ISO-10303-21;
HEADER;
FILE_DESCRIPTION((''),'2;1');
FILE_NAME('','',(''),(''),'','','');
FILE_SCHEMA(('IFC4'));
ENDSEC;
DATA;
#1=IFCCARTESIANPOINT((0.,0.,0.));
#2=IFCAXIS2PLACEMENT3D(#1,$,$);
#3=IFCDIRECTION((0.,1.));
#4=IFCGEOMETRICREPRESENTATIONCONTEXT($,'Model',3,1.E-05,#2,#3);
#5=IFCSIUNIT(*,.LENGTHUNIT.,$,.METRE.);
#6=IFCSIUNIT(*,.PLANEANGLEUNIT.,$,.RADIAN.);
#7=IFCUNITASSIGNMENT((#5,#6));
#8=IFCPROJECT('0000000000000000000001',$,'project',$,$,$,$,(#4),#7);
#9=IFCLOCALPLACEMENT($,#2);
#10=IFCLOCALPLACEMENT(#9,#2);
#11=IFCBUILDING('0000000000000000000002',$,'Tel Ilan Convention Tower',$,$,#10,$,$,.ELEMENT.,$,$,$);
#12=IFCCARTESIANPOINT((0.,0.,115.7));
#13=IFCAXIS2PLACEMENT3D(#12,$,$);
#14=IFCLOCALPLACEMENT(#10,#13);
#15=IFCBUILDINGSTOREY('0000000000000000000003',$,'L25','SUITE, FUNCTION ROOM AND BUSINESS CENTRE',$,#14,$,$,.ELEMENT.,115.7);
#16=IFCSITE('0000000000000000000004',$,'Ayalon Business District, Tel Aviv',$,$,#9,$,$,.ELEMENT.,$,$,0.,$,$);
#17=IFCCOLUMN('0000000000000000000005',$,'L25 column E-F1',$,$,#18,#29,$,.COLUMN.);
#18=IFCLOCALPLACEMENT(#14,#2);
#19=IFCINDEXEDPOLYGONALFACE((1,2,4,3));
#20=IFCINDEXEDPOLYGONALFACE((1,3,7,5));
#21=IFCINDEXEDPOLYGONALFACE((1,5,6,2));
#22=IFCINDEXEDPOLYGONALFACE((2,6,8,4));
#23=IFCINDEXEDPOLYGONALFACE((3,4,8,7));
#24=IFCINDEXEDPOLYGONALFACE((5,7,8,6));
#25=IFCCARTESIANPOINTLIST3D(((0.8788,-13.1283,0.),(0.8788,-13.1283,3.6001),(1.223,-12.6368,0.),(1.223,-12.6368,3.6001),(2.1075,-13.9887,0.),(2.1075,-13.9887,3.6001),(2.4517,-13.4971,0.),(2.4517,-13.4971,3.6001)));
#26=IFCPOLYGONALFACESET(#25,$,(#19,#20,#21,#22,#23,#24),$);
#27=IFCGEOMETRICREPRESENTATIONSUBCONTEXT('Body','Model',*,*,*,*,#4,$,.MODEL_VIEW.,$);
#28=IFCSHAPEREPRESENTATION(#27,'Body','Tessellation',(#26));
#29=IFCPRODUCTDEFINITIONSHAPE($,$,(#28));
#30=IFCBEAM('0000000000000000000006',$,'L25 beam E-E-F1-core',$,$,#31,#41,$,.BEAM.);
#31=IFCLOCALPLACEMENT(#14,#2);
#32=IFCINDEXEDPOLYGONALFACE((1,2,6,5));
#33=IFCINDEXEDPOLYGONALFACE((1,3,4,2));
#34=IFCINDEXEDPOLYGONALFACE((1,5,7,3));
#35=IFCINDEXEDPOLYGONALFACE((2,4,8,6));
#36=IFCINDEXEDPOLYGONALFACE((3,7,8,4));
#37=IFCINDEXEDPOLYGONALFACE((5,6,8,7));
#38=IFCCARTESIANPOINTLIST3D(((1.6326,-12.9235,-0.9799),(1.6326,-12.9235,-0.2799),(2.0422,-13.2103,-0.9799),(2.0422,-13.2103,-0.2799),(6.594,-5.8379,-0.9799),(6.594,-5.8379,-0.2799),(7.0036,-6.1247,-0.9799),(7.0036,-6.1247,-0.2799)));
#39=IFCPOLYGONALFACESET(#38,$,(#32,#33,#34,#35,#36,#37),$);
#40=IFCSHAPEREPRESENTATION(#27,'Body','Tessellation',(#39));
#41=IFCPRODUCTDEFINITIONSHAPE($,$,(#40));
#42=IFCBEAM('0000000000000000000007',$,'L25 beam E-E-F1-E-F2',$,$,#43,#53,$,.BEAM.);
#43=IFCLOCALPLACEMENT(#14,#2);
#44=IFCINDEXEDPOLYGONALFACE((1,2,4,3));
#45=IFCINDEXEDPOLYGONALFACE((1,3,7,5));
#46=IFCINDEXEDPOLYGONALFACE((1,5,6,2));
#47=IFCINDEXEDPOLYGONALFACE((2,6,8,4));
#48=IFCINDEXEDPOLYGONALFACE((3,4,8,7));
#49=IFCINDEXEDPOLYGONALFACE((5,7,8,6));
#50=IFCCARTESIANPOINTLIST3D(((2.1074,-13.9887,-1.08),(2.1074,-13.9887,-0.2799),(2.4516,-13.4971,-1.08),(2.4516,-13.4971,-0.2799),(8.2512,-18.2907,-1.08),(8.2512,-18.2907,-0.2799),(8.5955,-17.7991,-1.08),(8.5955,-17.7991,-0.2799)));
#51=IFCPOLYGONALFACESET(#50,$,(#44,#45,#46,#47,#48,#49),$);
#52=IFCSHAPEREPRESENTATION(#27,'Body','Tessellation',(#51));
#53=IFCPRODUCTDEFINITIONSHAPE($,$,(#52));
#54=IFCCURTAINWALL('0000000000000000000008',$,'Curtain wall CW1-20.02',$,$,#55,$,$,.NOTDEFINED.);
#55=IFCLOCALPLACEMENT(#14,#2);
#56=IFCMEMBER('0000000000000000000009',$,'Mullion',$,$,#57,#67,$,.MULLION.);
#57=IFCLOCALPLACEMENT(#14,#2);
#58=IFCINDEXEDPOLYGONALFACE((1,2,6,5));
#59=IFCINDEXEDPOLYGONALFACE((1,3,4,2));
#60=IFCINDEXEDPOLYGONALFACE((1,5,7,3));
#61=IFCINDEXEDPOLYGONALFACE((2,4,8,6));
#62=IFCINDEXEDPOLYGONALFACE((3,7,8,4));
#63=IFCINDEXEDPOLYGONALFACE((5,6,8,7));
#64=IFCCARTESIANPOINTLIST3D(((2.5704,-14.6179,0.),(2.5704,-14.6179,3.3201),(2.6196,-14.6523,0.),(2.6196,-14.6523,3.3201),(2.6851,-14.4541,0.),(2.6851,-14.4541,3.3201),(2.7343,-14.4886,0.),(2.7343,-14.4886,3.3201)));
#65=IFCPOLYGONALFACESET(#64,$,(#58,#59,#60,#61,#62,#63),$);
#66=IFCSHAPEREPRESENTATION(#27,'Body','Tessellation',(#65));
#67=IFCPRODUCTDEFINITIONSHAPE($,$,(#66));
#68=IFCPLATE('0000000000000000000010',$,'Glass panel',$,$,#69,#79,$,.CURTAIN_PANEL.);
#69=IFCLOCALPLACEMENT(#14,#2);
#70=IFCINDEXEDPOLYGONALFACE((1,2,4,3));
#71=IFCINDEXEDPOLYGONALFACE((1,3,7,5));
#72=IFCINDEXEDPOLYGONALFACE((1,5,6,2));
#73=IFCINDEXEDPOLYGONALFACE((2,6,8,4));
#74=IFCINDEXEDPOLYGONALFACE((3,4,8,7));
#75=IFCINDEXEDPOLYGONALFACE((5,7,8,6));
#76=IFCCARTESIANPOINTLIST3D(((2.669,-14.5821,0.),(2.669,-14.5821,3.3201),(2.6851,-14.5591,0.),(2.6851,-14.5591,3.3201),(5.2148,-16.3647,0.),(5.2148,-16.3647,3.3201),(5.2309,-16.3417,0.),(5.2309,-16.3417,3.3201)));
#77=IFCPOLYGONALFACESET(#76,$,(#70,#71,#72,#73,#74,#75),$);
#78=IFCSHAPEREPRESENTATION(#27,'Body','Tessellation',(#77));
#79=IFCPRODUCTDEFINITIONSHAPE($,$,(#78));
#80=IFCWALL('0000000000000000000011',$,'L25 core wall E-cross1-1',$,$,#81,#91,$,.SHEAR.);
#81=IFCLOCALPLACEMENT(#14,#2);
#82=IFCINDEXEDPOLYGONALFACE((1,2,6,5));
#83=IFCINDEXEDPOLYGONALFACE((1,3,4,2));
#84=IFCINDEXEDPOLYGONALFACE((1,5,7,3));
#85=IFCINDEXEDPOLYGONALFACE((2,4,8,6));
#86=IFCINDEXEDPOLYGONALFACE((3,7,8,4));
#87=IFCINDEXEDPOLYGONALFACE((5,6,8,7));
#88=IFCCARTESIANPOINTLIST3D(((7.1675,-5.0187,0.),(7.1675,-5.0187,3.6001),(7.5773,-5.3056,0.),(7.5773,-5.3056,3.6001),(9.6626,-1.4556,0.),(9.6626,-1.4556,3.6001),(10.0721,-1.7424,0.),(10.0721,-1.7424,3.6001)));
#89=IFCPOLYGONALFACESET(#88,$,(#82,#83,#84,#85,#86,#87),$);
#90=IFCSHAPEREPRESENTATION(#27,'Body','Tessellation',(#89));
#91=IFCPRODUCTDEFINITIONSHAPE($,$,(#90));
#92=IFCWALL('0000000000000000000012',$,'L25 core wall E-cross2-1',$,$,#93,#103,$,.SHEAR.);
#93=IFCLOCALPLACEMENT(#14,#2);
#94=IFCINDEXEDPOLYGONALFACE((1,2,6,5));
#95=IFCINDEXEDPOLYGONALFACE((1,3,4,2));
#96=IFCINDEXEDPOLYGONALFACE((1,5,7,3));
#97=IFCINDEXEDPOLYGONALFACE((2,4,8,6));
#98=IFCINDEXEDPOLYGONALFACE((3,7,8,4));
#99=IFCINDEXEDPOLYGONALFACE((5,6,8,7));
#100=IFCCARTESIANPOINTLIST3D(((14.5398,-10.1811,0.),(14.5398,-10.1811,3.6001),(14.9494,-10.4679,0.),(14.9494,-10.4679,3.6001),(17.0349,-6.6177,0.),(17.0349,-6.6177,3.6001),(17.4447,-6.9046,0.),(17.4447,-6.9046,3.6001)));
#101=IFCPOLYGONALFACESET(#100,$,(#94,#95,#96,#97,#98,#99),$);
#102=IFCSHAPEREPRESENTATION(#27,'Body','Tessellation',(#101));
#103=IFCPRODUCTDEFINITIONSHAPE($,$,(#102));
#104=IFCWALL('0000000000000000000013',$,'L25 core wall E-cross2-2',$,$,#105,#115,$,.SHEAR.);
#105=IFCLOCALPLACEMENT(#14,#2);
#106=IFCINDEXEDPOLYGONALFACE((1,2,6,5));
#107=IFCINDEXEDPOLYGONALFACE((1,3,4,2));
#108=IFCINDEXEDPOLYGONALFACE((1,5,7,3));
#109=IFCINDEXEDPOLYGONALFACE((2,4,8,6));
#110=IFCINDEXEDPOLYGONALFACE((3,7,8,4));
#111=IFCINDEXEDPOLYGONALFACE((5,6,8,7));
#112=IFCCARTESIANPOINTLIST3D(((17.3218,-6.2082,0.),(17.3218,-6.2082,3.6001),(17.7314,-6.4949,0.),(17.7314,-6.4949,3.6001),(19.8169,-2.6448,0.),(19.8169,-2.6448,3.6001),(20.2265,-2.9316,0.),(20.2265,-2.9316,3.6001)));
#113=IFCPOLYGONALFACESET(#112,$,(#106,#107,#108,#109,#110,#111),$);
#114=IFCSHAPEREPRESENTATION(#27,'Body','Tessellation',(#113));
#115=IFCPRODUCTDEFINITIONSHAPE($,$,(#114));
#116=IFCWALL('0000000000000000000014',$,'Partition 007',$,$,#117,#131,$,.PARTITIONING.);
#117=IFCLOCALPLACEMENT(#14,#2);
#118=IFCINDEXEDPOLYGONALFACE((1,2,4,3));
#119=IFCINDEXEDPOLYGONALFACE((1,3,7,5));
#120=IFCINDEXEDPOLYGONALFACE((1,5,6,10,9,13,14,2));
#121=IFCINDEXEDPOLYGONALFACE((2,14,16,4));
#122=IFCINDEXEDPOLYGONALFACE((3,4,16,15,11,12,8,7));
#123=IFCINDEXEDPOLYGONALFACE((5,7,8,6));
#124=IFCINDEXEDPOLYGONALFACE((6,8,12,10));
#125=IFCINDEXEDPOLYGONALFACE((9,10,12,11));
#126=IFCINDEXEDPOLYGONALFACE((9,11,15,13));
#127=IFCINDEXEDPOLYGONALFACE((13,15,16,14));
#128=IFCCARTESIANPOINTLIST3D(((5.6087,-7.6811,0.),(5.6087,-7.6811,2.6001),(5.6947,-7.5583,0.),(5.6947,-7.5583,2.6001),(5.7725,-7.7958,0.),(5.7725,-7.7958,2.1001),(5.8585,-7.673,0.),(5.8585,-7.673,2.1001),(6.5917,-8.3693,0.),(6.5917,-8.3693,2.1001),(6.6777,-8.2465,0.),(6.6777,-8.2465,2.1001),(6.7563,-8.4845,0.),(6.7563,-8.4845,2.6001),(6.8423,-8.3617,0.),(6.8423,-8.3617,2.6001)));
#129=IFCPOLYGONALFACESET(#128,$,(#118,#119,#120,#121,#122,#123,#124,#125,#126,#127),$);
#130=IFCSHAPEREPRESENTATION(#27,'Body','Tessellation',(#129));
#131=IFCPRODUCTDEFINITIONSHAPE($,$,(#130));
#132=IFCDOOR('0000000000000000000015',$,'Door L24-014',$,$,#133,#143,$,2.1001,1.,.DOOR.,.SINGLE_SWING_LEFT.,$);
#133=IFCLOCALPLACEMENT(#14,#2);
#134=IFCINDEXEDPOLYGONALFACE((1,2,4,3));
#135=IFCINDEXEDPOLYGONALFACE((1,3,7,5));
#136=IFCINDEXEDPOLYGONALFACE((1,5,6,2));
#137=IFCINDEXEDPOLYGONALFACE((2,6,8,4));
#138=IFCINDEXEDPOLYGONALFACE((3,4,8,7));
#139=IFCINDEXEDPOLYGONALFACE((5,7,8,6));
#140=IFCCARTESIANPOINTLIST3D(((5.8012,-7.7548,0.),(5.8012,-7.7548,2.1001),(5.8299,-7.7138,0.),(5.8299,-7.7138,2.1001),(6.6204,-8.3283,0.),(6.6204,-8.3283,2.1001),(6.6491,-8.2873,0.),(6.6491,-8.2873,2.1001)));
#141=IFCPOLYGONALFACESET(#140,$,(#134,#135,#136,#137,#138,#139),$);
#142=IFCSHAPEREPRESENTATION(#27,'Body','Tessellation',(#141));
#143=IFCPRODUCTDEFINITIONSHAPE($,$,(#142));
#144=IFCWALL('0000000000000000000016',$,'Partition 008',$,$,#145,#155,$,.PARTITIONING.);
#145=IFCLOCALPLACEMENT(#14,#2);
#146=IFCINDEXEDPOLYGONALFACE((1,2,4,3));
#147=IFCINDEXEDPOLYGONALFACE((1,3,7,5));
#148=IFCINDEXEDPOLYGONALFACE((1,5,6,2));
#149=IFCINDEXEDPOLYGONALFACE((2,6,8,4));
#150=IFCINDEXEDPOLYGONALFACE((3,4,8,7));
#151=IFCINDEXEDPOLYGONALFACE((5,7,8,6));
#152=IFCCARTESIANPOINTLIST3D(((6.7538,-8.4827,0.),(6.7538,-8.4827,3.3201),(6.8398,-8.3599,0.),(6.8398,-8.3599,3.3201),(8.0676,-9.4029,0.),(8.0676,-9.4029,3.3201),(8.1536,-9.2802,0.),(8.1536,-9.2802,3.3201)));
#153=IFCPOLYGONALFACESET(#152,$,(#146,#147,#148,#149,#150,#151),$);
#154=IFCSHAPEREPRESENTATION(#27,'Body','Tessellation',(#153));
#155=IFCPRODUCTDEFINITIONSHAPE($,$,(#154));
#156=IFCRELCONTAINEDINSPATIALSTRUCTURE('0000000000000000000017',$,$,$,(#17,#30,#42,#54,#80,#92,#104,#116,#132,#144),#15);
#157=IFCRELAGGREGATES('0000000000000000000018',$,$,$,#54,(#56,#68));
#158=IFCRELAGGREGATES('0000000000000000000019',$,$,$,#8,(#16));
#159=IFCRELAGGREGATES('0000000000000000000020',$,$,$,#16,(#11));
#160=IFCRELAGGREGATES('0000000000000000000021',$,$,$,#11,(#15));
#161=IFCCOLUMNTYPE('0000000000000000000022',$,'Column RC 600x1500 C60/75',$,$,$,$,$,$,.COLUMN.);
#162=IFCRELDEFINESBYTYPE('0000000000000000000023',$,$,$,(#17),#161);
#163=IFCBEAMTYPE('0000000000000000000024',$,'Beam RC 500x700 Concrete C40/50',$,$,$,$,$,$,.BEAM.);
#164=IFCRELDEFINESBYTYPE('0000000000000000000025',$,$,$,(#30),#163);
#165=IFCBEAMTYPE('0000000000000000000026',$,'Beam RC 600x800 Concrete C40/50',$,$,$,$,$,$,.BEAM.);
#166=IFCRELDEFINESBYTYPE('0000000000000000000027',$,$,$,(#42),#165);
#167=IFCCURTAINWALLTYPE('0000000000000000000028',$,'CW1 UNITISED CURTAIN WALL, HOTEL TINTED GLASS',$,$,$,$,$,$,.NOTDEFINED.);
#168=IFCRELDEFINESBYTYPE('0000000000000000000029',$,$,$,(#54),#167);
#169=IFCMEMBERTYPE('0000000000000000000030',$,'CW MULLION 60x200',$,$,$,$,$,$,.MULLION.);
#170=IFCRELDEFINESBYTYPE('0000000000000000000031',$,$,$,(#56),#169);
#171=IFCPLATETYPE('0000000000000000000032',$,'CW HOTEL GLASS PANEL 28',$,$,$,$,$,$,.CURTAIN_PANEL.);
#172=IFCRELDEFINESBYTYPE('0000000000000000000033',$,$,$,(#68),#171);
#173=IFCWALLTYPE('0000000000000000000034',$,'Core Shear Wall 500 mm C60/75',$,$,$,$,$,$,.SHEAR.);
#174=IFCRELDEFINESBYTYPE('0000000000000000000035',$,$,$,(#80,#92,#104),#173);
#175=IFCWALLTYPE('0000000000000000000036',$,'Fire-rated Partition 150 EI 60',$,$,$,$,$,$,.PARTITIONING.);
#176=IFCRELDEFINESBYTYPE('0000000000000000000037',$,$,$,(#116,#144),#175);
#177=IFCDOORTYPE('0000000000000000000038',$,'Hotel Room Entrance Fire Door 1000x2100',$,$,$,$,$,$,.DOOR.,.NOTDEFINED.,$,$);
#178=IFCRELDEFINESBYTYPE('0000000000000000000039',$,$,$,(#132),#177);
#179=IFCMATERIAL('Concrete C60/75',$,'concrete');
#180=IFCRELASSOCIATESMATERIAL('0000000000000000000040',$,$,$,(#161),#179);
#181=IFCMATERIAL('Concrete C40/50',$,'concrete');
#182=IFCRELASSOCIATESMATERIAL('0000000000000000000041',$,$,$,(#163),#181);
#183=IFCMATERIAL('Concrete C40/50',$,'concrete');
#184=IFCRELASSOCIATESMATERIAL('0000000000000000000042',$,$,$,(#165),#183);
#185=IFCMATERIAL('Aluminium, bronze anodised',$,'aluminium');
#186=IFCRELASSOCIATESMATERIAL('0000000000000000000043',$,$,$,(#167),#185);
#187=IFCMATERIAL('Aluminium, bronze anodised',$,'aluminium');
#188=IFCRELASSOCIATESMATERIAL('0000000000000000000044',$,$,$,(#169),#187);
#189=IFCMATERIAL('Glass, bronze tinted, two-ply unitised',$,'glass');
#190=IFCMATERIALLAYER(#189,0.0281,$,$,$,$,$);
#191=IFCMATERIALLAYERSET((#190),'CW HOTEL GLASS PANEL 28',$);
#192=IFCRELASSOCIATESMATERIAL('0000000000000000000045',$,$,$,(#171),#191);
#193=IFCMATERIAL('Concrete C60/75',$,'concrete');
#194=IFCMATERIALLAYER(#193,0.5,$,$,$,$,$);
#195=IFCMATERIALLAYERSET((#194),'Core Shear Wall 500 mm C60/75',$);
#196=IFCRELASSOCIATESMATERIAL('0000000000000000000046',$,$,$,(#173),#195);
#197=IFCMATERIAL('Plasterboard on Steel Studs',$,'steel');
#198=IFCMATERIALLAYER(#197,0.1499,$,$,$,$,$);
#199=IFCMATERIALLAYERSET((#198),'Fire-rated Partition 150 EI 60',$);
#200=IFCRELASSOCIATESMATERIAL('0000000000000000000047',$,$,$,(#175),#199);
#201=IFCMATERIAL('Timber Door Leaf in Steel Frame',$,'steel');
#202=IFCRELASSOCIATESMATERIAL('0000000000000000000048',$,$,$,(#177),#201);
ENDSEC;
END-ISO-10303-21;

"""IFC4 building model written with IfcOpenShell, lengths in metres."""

from ifc_helpers import new_model, si_unit, direction, frame, frame_2d, origin, origin_2d, place, context, subcontext, project, spatial, polyline, rectangle, outline, extrude, material, layer, layer_set, material_profile, profile_set, type_object, element, fill, aggregate, save


model = new_model("IFC4")

# Units and contexts
model_context = context("Model", 3, precision=1e-05, world=origin(), true_north=direction((0.0, 1.0)))
body_context = subcontext(model_context, "Body", "Model", "MODEL_VIEW")
ifc_project = project(units=[si_unit("LENGTHUNIT", "METRE"), si_unit("PLANEANGLEUNIT", "RADIAN")], contexts=[model_context])

# Site, building, storey
site_placement = place(None, origin())
site = spatial("IfcSite", under=ifc_project, at=site_placement, Name="Ayalon Business District, Tel Aviv", CompositionType="ELEMENT", RefElevation=0.0)
building_placement = place(site_placement, origin())
building = spatial("IfcBuilding", under=site, at=building_placement, Name="Tel Ilan Convention Tower", CompositionType="ELEMENT")
storey_placement = place(building_placement, frame((0.0, 0.0, 115.7)))
storey = spatial("IfcBuildingStorey", under=building, at=storey_placement, Name="L25", Description="SUITE, FUNCTION ROOM AND BUSINESS CENTRE", CompositionType="ELEMENT", Elevation=115.7)

# Column
ifc_material_1 = material(Name="Concrete C60/75", Category="concrete")
ifc_material_profile_1 = material_profile(ifc_material_1, rectangle(XDim=1.5, YDim=0.6001, at=origin_2d()), Name="RC 600x1500")
ifc_profile_set_1 = profile_set([ifc_material_profile_1], Name="Concrete C60/75")
column_type = type_object("IfcColumnType", Name="Column RC 600x1500 C60/75", PredefinedType="COLUMN", material=ifc_profile_set_1)
column_placement = place(storey_placement, frame((1.6653, -13.3127, 0.0), z_axis=(0.0, 0.0, 1.0), x_axis=(0.819152, -0.573576, 0.0)))
element("IfcColumn", 1, at=column_placement, inside=storey, type_object=column_type, Name="L25 column E-F1", PredefinedType="COLUMN", context=body_context, shape_type="SweptSolid", body=[
    extrude(rectangle(XDim=1.5, YDim=0.6001, at=origin_2d()), origin(), (0.0, 0.0, 1.0), 3.6001),
])

# Beams
ifc_material_2 = material(Name="Concrete C40/50", Category="concrete")
ifc_material_profile_2 = material_profile(ifc_material_2, rectangle(XDim=0.5, YDim=0.7, at=origin_2d()), Name="RC 500x700")
ifc_profile_set_2 = profile_set([ifc_material_profile_2], Name="Concrete C40/50")
beam_type_1 = type_object("IfcBeamType", Name="Beam RC 500x700 Concrete C40/50", PredefinedType="BEAM", material=ifc_profile_set_2)
beam_1_placement = place(storey_placement, frame((1.8374, -13.0669, -0.6299), z_axis=(0.573574, 0.819154, 0.0), x_axis=(-0.819154, 0.573574, 0.0)))
element("IfcBeam", 2, at=beam_1_placement, inside=storey, type_object=beam_type_1, Name="L25 beam E-E-F1-core", PredefinedType="BEAM", context=body_context, shape_type="SweptSolid", body=[
    extrude(rectangle(XDim=0.5, YDim=0.7, at=origin_2d()), origin(), (0.0, 0.0, 1.0), 8.6499),
])
ifc_material_3 = material(Name="Concrete C40/50", Category="concrete")
ifc_material_profile_3 = material_profile(ifc_material_3, rectangle(XDim=0.6001, YDim=0.8, at=origin_2d()), Name="RC 600x800")
ifc_profile_set_3 = profile_set([ifc_material_profile_3], Name="Concrete C40/50")
beam_type_2 = type_object("IfcBeamType", Name="Beam RC 600x800 Concrete C40/50", PredefinedType="BEAM", material=ifc_profile_set_3)
beam_2_placement = place(storey_placement, frame((2.2795, -13.7429, -0.6799), z_axis=(0.819148, -0.573582, 0.0), x_axis=(0.573582, 0.819148, 0.0)))
element("IfcBeam", 3, at=beam_2_placement, inside=storey, type_object=beam_type_2, Name="L25 beam E-E-F1-E-F2", PredefinedType="BEAM", context=body_context, shape_type="SweptSolid", body=[
    extrude(rectangle(XDim=0.6001, YDim=0.8, at=origin_2d()), origin(), (0.0, 0.0, 1.0), 7.5002),
])

# Curtain wall, member, plate
ifc_material_4 = material(Name="Aluminium, bronze anodised", Category="aluminium")
curtain_wall_type = type_object("IfcCurtainWallType", Name="CW1 UNITISED CURTAIN WALL, HOTEL TINTED GLASS", PredefinedType="NOTDEFINED", material=ifc_material_4)
curtain_wall_placement = place(storey_placement, origin())
curtain_wall = element("IfcCurtainWall", 4, at=curtain_wall_placement, inside=storey, type_object=curtain_wall_type, Name="Curtain wall CW1-20.02", PredefinedType="NOTDEFINED")
ifc_material_5 = material(Name="Aluminium, bronze anodised", Category="aluminium")
ifc_material_profile_4 = material_profile(ifc_material_5, rectangle(XDim=0.0601, YDim=0.2, at=origin_2d()), Name="CW MULLION 60x200")
ifc_profile_set_4 = profile_set([ifc_material_profile_4], Name="Aluminium, bronze anodised")
member_type = type_object("IfcMemberType", Name="CW MULLION 60x200", PredefinedType="MULLION", material=ifc_profile_set_4)
member_placement = place(storey_placement, frame((2.6523, -14.5532, 0.0), z_axis=(0.0, 0.0, 1.0), x_axis=(0.819152, -0.573576, 0.0)))
member = element("IfcMember", 5, at=member_placement, type_object=member_type, Name="Mullion", PredefinedType="MULLION", context=body_context, shape_type="SweptSolid", body=[
    extrude(rectangle(XDim=0.0601, YDim=0.2, at=origin_2d()), origin(), (0.0, 0.0, 1.0), 3.3201),
])
ifc_material_6 = material(Name="Glass, bronze tinted, two-ply unitised", Category="glass")
ifc_layer_1 = layer(ifc_material_6, 0.0281)
ifc_layer_set_1 = layer_set([ifc_layer_1], Name="CW HOTEL GLASS PANEL 28")
plate_type = type_object("IfcPlateType", Name="CW HOTEL GLASS PANEL 28", PredefinedType="CURTAIN_PANEL", material=ifc_layer_set_1)
plate_placement = place(storey_placement, frame((3.95, -15.4619, 0.0), z_axis=(0.0, 0.0, 1.0), x_axis=(0.819152, -0.573576, 0.0)))
plate = element("IfcPlate", 6, at=plate_placement, type_object=plate_type, Name="Glass panel", PredefinedType="CURTAIN_PANEL", context=body_context, shape_type="SweptSolid", body=[
    extrude(rectangle(XDim=3.1079, YDim=0.0281, at=origin_2d()), origin(), (0.0, 0.0, 1.0), 3.3201),
])
aggregate(curtain_wall, [member, plate])

# Walls
ifc_material_7 = material(Name="Concrete C60/75", Category="concrete")
ifc_layer_2 = layer(ifc_material_7, 0.5)
ifc_layer_set_2 = layer_set([ifc_layer_2], Name="Core Shear Wall 500 mm C60/75")
wall_type_1 = type_object("IfcWallType", Name="Core Shear Wall 500 mm C60/75", PredefinedType="SHEAR", material=ifc_layer_set_2)
wall_1_placement = place(storey_placement, frame((7.3723, -5.1621, 0.0), z_axis=(0.0, 0.0, 1.0), x_axis=(0.573594, 0.81914, 0.0)))
element("IfcWall", 7, at=wall_1_placement, inside=storey, type_object=wall_type_1, Name="L25 core wall E-cross1-1", PredefinedType="SHEAR", context=body_context, shape_type="SweptSolid", body=[
    extrude(outline(polyline([(0.0, 0.25), (0.0, -0.2502), (4.3499, -0.25), (4.3499, 0.25), (0.0, 0.25)])), origin(), (0.0, 0.0, 1.0), 3.6001),
])
wall_2_placement = place(storey_placement, frame((14.7446, -10.3245, 0.0), z_axis=(0.0, 0.0, 1.0), x_axis=(0.573568, 0.819158, 0.0)))
element("IfcWall", 8, at=wall_2_placement, inside=storey, type_object=wall_type_1, Name="L25 core wall E-cross2-1", PredefinedType="SHEAR", context=body_context, shape_type="SweptSolid", body=[
    extrude(outline(polyline([(0.0, 0.25), (0.0, -0.25), (4.3501, -0.2502), (4.3501, 0.25), (0.0, 0.25)])), origin(), (0.0, 0.0, 1.0), 3.6001),
])
wall_3_placement = place(storey_placement, frame((17.5266, -6.3516, 0.0), z_axis=(0.0, 0.0, 1.0), x_axis=(0.57353, 0.819184, 0.0)))
element("IfcWall", 9, at=wall_3_placement, inside=storey, type_object=wall_type_1, Name="L25 core wall E-cross2-2", PredefinedType="SHEAR", context=body_context, shape_type="SweptSolid", body=[
    extrude(outline(polyline([(4.3501, -0.2502), (4.3501, 0.2498), (0.0, 0.25), (0.0, -0.25), (4.3501, -0.2502)])), origin(), (0.0, 0.0, 1.0), 3.6001),
])

# Wall, opening, door
ifc_material_8 = material(Name="Plasterboard on Steel Studs", Category="steel")
ifc_layer_3 = layer(ifc_material_8, 0.1499)
ifc_layer_set_3 = layer_set([ifc_layer_3], Name="Fire-rated Partition 150 EI 60")
wall_type_2 = type_object("IfcWallType", Name="Fire-rated Partition 150 EI 60", PredefinedType="PARTITIONING", material=ifc_layer_set_3)
wall_4_placement = place(storey_placement, frame((6.7993, -8.4231, 0.0), z_axis=(0.0, 0.0, 1.0), x_axis=(-0.819207, 0.573497, 0.0)))
wall_4 = element("IfcWall", 10, at=wall_4_placement, inside=storey, type_object=wall_type_2, Name="Partition 007", PredefinedType="PARTITIONING", context=body_context, shape_type="SweptSolid", body=[
    extrude(rectangle(XDim=1.4009, YDim=0.1499, at=frame_2d((0.7004, 0.0))), origin(), (0.0, 0.0, 1.0), 2.6001),
])
opening_1_placement = place(wall_4_placement, frame((0.2009, 0.0, 0.0)))
opening_1 = element("IfcOpeningElement", 11, at=opening_1_placement, cuts=wall_4, PredefinedType="OPENING", context=body_context, shape_type="SweptSolid", body=[
    extrude(rectangle(XDim=1.0, YDim=2.1001, at=frame_2d((0.5, 1.05))), frame((0.0, 0.085, 0.0), z_axis=(0.0, -1.0, 0.0), x_axis=(1.0, 0.0, 0.0)), (0.0, 0.0, 1.0), 0.1699),
])
ifc_material_9 = material(Name="Timber Door Leaf in Steel Frame", Category="steel")
door_type_1 = type_object("IfcDoorType", Name="Hotel Room Entrance Fire Door 1000x2100", OperationType="NOTDEFINED", PredefinedType="DOOR", material=ifc_material_9)
door_1_placement = place(opening_1_placement, origin())
door_1 = element("IfcDoor", 12, at=door_1_placement, inside=storey, type_object=door_type_1, Name="Door L24-014", OperationType="SINGLE_SWING_LEFT", OverallHeight=2.1001, OverallWidth=1.0, PredefinedType="DOOR", context=body_context, shape_type="SweptSolid", body=[
    extrude(rectangle(XDim=1.0, YDim=2.1001, at=frame_2d((0.5, 1.05))), frame((0.0, 0.0249, 0.0), z_axis=(0.0, -1.0, 0.0), x_axis=(1.0, 0.0, 0.0)), (0.0, 0.0, 1.0), 0.05),
])
fill(opening_1, door_1)

# Wall
wall_5_placement = place(storey_placement, frame((8.1106, -9.3416, 0.0), z_axis=(0.0, 0.0, 1.0), x_axis=(-0.819067, 0.573697, 0.0)))
element("IfcWall", 13, at=wall_5_placement, inside=storey, type_object=wall_type_2, Name="Partition 008", PredefinedType="PARTITIONING", context=body_context, shape_type="SweptSolid", body=[
    extrude(rectangle(XDim=1.604, YDim=0.1499, at=frame_2d((0.802, 0.0))), origin(), (0.0, 0.0, 1.0), 3.3201),
])

save(model, "model.ifc")
